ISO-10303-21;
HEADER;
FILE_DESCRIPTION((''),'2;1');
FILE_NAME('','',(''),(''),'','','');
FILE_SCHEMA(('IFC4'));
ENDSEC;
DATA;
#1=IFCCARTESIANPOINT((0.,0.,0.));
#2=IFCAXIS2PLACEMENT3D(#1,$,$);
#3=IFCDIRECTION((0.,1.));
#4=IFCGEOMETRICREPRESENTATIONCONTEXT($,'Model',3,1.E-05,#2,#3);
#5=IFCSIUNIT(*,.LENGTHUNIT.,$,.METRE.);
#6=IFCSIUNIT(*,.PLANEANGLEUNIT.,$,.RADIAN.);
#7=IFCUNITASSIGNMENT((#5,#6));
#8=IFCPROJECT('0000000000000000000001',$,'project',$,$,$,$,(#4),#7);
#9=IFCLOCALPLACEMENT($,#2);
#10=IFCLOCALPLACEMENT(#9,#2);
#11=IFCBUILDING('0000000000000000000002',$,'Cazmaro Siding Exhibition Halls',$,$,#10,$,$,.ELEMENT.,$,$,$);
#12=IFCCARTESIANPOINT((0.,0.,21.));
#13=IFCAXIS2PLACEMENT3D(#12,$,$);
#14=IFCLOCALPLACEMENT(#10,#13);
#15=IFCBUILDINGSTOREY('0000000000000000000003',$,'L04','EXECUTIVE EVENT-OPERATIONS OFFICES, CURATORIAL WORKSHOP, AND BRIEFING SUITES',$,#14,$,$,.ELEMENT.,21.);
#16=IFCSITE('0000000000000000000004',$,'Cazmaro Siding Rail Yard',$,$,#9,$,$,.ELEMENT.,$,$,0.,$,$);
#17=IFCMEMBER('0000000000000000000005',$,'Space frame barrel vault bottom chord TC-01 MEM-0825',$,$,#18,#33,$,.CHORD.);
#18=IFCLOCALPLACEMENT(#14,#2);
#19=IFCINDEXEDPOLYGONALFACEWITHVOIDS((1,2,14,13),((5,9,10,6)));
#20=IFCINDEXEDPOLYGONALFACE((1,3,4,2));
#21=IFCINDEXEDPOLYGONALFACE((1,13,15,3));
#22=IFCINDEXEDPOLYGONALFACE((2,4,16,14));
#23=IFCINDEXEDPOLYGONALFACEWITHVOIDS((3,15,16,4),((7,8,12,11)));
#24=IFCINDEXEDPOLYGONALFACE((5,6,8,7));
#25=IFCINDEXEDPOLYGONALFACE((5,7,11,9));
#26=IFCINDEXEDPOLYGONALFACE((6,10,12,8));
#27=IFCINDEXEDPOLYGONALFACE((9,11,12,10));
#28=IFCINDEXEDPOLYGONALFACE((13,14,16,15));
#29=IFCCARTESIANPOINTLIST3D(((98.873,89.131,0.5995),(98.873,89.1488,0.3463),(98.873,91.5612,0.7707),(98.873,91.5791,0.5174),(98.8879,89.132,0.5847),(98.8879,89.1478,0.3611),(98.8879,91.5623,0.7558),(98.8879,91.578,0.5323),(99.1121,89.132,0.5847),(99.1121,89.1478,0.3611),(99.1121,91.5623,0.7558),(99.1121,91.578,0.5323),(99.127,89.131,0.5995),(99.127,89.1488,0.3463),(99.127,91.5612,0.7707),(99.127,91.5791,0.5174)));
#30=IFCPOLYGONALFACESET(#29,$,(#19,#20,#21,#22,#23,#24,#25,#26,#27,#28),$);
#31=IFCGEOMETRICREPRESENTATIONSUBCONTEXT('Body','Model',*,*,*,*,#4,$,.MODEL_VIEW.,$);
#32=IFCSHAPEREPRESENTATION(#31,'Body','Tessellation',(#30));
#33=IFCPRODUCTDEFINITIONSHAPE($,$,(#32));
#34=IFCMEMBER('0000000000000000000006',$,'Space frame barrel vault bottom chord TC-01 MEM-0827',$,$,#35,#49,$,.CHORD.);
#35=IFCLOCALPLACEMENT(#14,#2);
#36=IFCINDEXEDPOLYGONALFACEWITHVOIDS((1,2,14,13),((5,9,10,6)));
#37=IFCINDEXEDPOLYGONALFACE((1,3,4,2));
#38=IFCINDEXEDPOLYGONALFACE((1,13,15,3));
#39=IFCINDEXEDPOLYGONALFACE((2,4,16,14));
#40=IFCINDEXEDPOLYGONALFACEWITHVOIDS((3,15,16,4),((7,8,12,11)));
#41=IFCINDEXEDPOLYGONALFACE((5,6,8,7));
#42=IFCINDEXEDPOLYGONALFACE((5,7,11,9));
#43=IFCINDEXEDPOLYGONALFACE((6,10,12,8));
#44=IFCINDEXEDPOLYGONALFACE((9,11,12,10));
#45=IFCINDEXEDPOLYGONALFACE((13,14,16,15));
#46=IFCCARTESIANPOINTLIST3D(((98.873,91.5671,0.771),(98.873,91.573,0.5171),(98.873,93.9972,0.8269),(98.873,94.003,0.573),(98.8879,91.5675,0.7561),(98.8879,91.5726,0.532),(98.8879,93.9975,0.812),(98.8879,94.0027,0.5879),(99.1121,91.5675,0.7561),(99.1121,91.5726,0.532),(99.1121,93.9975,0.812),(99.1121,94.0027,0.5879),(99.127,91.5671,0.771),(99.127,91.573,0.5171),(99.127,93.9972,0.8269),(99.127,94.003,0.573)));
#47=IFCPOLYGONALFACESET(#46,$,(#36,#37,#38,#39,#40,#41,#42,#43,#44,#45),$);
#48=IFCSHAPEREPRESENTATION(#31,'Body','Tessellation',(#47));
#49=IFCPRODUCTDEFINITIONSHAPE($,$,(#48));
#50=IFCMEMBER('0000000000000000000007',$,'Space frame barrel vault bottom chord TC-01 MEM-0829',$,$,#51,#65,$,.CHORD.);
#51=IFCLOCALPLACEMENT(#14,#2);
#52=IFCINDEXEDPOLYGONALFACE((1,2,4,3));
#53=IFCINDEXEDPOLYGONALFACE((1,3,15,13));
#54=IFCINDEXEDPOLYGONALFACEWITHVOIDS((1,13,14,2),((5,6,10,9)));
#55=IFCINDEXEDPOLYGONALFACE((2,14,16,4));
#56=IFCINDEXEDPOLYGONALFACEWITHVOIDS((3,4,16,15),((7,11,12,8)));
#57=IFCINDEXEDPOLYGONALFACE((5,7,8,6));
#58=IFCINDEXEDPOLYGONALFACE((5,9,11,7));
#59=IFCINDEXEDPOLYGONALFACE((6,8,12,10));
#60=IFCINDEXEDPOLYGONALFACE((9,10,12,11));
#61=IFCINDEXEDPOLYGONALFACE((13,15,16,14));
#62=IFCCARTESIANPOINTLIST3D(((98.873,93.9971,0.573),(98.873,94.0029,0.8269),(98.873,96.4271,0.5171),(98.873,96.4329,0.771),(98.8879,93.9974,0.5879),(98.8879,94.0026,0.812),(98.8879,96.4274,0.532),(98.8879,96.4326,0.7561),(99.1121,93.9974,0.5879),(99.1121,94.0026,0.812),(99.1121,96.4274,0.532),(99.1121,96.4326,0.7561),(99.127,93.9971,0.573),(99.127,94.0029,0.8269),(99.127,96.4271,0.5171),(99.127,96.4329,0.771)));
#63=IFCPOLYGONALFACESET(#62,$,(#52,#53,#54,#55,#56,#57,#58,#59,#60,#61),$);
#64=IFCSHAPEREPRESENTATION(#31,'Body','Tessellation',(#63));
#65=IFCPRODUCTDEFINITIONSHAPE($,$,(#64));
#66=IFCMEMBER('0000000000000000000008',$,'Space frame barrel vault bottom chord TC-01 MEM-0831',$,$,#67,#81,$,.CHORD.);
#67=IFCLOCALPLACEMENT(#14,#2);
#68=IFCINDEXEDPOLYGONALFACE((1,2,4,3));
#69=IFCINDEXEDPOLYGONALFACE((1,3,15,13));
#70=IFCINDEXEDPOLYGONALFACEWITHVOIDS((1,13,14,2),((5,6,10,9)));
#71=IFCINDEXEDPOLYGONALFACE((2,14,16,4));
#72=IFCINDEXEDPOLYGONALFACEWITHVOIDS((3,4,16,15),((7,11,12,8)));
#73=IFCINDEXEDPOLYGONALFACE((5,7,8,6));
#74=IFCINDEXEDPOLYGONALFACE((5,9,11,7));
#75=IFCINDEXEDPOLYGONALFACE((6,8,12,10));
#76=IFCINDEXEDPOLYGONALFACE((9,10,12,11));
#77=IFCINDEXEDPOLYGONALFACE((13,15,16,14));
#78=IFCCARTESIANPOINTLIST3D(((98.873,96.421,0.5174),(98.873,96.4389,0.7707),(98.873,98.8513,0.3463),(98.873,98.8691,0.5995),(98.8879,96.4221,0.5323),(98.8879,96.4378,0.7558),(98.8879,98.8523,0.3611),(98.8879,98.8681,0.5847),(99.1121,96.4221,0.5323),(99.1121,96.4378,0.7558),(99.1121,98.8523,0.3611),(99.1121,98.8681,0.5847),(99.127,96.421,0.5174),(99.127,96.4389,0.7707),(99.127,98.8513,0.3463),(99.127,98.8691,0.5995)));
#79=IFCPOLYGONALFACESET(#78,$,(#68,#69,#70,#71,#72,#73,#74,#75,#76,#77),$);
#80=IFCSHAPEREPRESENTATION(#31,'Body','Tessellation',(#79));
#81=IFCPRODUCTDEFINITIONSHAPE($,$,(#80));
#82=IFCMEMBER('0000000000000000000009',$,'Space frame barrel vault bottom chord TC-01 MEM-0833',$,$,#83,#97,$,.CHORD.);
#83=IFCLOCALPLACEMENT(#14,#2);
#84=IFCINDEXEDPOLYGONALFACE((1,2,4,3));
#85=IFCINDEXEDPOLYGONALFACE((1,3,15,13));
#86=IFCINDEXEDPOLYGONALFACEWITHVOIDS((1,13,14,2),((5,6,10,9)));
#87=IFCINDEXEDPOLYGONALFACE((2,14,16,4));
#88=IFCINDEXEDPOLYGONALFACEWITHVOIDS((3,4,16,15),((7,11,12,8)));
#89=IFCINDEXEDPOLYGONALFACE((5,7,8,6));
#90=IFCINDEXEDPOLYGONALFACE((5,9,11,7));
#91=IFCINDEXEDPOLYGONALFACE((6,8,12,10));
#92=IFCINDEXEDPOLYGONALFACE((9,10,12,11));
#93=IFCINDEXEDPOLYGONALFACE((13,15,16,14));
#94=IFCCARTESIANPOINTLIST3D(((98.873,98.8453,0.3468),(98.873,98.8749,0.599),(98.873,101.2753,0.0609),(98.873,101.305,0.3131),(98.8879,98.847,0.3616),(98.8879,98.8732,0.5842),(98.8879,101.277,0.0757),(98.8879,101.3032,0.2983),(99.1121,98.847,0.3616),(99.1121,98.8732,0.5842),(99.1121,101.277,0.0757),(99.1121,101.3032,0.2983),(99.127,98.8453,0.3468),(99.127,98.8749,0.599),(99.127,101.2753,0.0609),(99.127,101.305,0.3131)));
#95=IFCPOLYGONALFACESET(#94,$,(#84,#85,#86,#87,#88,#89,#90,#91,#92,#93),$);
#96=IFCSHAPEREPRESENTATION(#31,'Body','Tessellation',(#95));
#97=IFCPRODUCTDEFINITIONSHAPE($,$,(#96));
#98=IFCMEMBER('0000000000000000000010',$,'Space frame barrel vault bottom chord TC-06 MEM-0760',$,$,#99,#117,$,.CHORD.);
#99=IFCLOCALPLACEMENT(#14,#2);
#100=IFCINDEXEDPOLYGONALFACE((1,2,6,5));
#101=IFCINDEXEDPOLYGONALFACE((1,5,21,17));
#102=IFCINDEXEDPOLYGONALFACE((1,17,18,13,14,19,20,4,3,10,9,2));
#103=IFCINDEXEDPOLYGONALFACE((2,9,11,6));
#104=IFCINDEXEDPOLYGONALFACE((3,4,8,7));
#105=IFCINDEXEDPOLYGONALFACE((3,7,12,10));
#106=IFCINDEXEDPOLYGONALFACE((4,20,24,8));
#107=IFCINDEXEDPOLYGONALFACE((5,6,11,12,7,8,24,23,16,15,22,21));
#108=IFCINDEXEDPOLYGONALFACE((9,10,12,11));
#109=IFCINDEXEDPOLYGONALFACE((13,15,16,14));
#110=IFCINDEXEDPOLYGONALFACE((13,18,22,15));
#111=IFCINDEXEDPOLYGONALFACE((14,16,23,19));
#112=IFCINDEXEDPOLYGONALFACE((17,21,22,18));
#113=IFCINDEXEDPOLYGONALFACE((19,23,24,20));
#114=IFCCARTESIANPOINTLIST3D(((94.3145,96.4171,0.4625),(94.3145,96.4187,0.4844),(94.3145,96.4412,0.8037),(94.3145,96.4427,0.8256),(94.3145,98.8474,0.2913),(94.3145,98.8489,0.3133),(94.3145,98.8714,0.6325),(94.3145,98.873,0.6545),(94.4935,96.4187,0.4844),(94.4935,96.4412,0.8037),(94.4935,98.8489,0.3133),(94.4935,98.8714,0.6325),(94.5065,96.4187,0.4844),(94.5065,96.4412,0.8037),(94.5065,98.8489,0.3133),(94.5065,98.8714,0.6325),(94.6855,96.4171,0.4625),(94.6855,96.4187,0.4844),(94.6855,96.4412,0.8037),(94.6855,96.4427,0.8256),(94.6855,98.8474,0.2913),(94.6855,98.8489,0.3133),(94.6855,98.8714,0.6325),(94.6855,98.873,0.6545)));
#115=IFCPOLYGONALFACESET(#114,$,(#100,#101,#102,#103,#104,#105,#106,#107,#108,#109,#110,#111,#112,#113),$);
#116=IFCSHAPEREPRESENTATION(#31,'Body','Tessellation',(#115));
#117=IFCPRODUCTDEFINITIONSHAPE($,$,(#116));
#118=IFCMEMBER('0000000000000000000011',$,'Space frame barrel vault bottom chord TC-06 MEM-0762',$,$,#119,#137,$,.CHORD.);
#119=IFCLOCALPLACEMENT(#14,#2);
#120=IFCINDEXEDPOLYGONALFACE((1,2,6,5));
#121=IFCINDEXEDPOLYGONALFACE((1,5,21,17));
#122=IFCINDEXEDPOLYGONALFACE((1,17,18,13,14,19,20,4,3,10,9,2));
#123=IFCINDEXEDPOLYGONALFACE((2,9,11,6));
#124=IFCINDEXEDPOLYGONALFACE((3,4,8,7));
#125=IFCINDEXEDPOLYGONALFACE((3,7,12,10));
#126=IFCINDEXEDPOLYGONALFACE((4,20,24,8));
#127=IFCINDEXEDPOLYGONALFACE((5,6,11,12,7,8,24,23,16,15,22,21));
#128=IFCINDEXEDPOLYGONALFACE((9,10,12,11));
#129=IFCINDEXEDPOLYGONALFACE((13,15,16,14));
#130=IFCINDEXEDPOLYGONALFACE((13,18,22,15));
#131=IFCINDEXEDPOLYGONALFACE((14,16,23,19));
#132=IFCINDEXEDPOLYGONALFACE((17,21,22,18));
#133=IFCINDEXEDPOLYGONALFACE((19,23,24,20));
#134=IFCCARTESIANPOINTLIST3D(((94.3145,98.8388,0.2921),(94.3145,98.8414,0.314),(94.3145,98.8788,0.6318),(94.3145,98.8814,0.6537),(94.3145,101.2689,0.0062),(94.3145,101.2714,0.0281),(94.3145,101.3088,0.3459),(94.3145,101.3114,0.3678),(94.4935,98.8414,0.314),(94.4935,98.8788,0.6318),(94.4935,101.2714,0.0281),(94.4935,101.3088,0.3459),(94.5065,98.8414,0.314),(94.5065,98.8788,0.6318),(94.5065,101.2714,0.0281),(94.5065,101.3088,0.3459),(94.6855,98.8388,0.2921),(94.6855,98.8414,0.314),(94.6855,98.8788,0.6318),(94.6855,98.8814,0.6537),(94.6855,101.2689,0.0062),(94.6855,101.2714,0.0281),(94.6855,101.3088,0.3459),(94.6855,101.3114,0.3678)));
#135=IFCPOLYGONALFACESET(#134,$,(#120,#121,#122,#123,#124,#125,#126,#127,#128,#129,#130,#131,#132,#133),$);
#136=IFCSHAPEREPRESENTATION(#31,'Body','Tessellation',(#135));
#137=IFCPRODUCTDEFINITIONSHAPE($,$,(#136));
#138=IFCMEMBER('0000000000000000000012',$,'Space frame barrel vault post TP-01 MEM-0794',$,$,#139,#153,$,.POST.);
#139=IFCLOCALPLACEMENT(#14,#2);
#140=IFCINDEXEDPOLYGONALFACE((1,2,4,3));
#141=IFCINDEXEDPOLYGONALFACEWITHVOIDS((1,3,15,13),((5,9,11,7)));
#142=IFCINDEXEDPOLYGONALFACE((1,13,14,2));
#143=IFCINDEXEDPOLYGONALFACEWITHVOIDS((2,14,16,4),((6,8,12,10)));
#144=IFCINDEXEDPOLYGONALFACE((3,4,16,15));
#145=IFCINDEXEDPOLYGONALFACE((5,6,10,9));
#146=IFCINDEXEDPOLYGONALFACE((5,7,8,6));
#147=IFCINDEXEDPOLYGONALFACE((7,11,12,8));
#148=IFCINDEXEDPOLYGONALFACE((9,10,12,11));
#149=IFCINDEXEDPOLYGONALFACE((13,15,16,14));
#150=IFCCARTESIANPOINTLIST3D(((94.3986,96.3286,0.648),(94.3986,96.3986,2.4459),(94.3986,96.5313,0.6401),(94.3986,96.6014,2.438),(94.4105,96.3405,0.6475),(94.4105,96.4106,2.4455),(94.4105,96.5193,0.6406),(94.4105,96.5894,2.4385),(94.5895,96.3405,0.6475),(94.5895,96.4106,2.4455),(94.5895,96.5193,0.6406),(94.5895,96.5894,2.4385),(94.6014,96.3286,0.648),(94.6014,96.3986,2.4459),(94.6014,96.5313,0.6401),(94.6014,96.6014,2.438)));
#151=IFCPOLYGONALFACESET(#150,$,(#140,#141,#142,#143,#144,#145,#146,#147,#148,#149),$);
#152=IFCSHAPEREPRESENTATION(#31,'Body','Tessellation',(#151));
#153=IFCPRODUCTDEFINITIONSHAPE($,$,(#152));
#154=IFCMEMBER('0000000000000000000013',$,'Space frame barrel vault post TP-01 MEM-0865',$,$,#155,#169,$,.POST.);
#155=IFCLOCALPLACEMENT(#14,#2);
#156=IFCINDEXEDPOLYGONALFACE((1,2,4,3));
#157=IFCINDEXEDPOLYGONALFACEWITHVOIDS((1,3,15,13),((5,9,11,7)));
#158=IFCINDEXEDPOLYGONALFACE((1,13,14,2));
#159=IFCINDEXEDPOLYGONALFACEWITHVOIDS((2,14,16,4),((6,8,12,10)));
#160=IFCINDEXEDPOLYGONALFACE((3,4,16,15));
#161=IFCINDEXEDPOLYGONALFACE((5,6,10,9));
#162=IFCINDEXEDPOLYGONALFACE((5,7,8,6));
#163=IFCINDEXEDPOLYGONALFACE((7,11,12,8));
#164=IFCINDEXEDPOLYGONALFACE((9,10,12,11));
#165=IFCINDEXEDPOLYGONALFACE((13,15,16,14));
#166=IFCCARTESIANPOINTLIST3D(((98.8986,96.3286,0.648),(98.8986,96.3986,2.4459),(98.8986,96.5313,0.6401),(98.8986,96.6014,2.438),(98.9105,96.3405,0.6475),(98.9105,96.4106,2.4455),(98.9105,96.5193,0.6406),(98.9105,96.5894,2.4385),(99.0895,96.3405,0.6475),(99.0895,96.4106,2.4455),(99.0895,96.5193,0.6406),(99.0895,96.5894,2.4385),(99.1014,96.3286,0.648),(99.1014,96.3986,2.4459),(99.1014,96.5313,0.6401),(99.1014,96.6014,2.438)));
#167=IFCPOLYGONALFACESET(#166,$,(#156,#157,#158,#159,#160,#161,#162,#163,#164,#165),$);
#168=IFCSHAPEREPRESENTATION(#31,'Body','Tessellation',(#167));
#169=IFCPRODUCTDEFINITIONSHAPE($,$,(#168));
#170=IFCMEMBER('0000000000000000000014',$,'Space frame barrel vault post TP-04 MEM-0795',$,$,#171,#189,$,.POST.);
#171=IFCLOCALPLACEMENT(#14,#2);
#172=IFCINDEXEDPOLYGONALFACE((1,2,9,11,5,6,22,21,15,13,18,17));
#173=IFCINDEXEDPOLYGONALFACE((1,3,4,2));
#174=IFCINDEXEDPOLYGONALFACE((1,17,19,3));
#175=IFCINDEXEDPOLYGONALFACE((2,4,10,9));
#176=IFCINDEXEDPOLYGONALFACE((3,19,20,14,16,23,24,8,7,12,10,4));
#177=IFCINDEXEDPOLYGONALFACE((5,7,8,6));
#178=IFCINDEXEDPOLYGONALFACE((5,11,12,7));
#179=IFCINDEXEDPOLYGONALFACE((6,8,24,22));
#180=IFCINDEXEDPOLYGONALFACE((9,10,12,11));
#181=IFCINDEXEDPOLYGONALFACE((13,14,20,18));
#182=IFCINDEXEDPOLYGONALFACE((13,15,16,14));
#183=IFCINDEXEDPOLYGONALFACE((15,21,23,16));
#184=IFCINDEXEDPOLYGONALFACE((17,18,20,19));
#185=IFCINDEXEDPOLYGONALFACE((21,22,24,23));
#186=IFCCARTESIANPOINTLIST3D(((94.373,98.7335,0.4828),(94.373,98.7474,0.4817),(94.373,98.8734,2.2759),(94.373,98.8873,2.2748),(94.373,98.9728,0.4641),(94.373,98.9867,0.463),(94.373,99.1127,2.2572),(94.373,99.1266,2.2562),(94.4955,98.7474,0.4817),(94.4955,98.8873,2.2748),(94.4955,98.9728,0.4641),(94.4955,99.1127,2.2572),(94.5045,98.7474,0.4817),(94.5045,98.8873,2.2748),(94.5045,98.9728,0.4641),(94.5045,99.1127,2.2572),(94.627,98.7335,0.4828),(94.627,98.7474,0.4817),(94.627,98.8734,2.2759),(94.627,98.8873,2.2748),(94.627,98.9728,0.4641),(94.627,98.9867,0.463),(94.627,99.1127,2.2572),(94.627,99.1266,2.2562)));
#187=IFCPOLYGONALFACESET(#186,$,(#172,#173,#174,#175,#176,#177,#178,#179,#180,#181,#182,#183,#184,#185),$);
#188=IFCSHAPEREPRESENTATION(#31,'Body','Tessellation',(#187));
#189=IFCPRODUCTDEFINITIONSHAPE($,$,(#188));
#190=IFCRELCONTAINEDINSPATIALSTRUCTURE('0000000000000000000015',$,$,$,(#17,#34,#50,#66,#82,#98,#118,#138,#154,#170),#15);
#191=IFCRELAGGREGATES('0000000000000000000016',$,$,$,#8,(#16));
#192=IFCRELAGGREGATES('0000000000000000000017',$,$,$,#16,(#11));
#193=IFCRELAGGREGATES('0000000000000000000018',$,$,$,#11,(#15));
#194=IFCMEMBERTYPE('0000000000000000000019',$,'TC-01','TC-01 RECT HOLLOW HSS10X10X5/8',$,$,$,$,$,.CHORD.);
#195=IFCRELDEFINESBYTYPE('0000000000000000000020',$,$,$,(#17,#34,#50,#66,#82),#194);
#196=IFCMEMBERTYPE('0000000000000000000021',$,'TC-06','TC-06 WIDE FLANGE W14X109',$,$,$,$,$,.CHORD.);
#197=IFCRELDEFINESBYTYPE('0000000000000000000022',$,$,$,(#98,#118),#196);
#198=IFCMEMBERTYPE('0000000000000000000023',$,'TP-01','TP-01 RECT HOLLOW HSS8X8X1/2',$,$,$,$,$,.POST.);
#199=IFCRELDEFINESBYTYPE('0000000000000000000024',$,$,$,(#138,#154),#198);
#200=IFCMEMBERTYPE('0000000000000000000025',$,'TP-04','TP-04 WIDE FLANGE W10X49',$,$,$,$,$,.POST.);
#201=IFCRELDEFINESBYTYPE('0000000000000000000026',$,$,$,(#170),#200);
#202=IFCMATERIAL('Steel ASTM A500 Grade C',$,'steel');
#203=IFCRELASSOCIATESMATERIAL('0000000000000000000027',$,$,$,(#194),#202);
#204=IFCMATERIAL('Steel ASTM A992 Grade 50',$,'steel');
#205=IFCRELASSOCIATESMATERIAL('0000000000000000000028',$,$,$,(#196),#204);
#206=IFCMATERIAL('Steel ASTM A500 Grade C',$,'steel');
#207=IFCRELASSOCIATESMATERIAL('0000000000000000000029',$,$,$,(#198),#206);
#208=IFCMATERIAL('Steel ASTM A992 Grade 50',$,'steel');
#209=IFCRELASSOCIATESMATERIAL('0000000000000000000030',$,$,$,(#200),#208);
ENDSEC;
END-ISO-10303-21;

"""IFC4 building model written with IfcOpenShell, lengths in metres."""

from ifc_helpers import new_model, si_unit, direction, frame, origin, origin_2d, place, context, subcontext, project, spatial, hollow_rectangle, i_section, extrude, material, material_profile, profile_set, type_object, element, save


model = new_model("IFC4")

# Units and contexts
model_context = context("Model", 3, precision=1e-05, world=origin(), true_north=direction((0.0, 1.0)))
body_context = subcontext(model_context, "Body", "Model", "MODEL_VIEW")
ifc_project = project(units=[si_unit("LENGTHUNIT", "METRE"), si_unit("PLANEANGLEUNIT", "RADIAN")], contexts=[model_context])

# Site, building, storey
site_placement = place(None, origin())
site = spatial("IfcSite", under=ifc_project, at=site_placement, Name="Cazmaro Siding Rail Yard", CompositionType="ELEMENT", RefElevation=0.0)
building_placement = place(site_placement, origin())
building = spatial("IfcBuilding", under=site, at=building_placement, Name="Cazmaro Siding Exhibition Halls", CompositionType="ELEMENT")
storey_placement = place(building_placement, frame((0.0, 0.0, 21.0)))
storey = spatial("IfcBuildingStorey", under=building, at=storey_placement, Name="L04", Description="EXECUTIVE EVENT-OPERATIONS OFFICES, CURATORIAL WORKSHOP, AND BRIEFING SUITES", CompositionType="ELEMENT", Elevation=21.0)

# Members
ifc_material_1 = material(Name="Steel ASTM A500 Grade C", Category="steel")
ifc_material_profile_1 = material_profile(ifc_material_1, hollow_rectangle(XDim=0.2539, YDim=0.2539, WallThickness=0.0149, at=origin_2d()), Name="HSS10X10X5/8")
ifc_profile_set_1 = profile_set([ifc_material_profile_1], Name="Steel ASTM A500 Grade C")
member_type_1 = type_object("IfcMemberType", Name="TC-01", Description="TC-01 RECT HOLLOW HSS10X10X5/8", PredefinedType="CHORD", material=ifc_profile_set_1)
member_1_placement = place(storey_placement, frame((99.0, 89.1399, 0.4729), z_axis=(0.0, 0.997529, 0.07025), x_axis=(-1.0, 0.0, 0.0)))
element("IfcMember", 1, at=member_1_placement, inside=storey, type_object=member_type_1, Name="Space frame barrel vault bottom chord TC-01 MEM-0825", PredefinedType="CHORD", context=body_context, shape_type="SweptSolid", body=[
    extrude(hollow_rectangle(XDim=0.2539, YDim=0.2539, WallThickness=0.0149, at=origin_2d()), origin(), (0.0, 0.0, 1.0), 2.4363),
])
for number, where, z_axis, x_axis, name in (
    (2, (99.0, 91.5701, 0.644), (0.0, 0.999735, 0.023002), (-1.0, 0.0, 0.0), "Space frame barrel vault bottom chord TC-01 MEM-0827"),
    (3, (99.0, 94.0, 0.7), (0.0, 0.999735, -0.023002), (-1.0, 0.0, 0.0), "Space frame barrel vault bottom chord TC-01 MEM-0829"),
):
    element("IfcMember", number, at=place(storey_placement, frame(where, z_axis=z_axis, x_axis=x_axis)), inside=storey, type_object=member_type_1, Name=name, PredefinedType="CHORD", context=body_context, shape_type="SweptSolid", body=[
        extrude(hollow_rectangle(XDim=0.2539, YDim=0.2539, WallThickness=0.0149, at=origin_2d()), origin(), (0.0, 0.0, 1.0), 2.4307),
    ])
member_2_placement = place(storey_placement, frame((99.0, 96.4299, 0.644), z_axis=(0.0, 0.997529, -0.07025), x_axis=(-1.0, 0.0, 0.0)))
element("IfcMember", 4, at=member_2_placement, inside=storey, type_object=member_type_1, Name="Space frame barrel vault bottom chord TC-01 MEM-0831", PredefinedType="CHORD", context=body_context, shape_type="SweptSolid", body=[
    extrude(hollow_rectangle(XDim=0.2539, YDim=0.2539, WallThickness=0.0149, at=origin_2d()), origin(), (0.0, 0.0, 1.0), 2.4363),
])
member_3_placement = place(storey_placement, frame((99.0, 98.8601, 0.4729), z_axis=(0.0, 0.99315, -0.116847), x_axis=(-1.0, 0.0, 0.0)))
element("IfcMember", 5, at=member_3_placement, inside=storey, type_object=member_type_1, Name="Space frame barrel vault bottom chord TC-01 MEM-0833", PredefinedType="CHORD", context=body_context, shape_type="SweptSolid", body=[
    extrude(hollow_rectangle(XDim=0.2539, YDim=0.2539, WallThickness=0.0149, at=origin_2d()), origin(), (0.0, 0.0, 1.0), 2.4468),
])
ifc_material_2 = material(Name="Steel ASTM A992 Grade 50", Category="steel")
ifc_material_profile_2 = material_profile(ifc_material_2, i_section(OverallWidth=0.3711, OverallDepth=0.364, WebThickness=0.0129, FlangeThickness=0.022, at=origin_2d()), Name="W14X109")
ifc_profile_set_2 = profile_set([ifc_material_profile_2], Name="Steel ASTM A992 Grade 50")
member_type_2 = type_object("IfcMemberType", Name="TC-06", Description="TC-06 WIDE FLANGE W14X109", PredefinedType="CHORD", material=ifc_profile_set_2)
member_4_placement = place(storey_placement, frame((94.5, 96.4299, 0.644), z_axis=(0.0, 0.997529, -0.07025), x_axis=(-1.0, 0.0, 0.0)))
element("IfcMember", 6, at=member_4_placement, inside=storey, type_object=member_type_2, Name="Space frame barrel vault bottom chord TC-06 MEM-0760", PredefinedType="CHORD", context=body_context, shape_type="SweptSolid", body=[
    extrude(i_section(OverallWidth=0.3711, OverallDepth=0.364, WebThickness=0.0129, FlangeThickness=0.022, at=origin_2d()), origin(), (0.0, 0.0, 1.0), 2.4363),
])
member_5_placement = place(storey_placement, frame((94.5, 98.8601, 0.4729), z_axis=(0.0, 0.99315, -0.116847), x_axis=(-1.0, 0.0, 0.0)))
element("IfcMember", 7, at=member_5_placement, inside=storey, type_object=member_type_2, Name="Space frame barrel vault bottom chord TC-06 MEM-0762", PredefinedType="CHORD", context=body_context, shape_type="SweptSolid", body=[
    extrude(i_section(OverallWidth=0.3711, OverallDepth=0.364, WebThickness=0.0129, FlangeThickness=0.022, at=origin_2d()), origin(), (0.0, 0.0, 1.0), 2.4468),
])
ifc_material_3 = material(Name="Steel ASTM A500 Grade C", Category="steel")
ifc_material_profile_3 = material_profile(ifc_material_3, hollow_rectangle(XDim=0.2029, YDim=0.2029, WallThickness=0.012, at=origin_2d()), Name="HSS8X8X1/2")
ifc_profile_set_3 = profile_set([ifc_material_profile_3], Name="Steel ASTM A500 Grade C")
member_type_3 = type_object("IfcMemberType", Name="TP-01", Description="TP-01 RECT HOLLOW HSS8X8X1/2", PredefinedType="POST", material=ifc_profile_set_3)
for number, where, z_axis, x_axis, name in (
    (8, (94.5, 96.4299, 0.644), (0.0, 0.038944, 0.999241), (-1.0, 0.0, 0.0), "Space frame barrel vault post TP-01 MEM-0794"),
    (9, (99.0, 96.4299, 0.644), (0.0, 0.038944, 0.999241), (-1.0, 0.0, 0.0), "Space frame barrel vault post TP-01 MEM-0865"),
):
    element("IfcMember", number, at=place(storey_placement, frame(where, z_axis=z_axis, x_axis=x_axis)), inside=storey, type_object=member_type_3, Name=name, PredefinedType="POST", context=body_context, shape_type="SweptSolid", body=[
        extrude(hollow_rectangle(XDim=0.2029, YDim=0.2029, WallThickness=0.012, at=origin_2d()), origin(), (0.0, 0.0, 1.0), 1.7993),
    ])
ifc_material_4 = material(Name="Steel ASTM A992 Grade 50", Category="steel")
ifc_material_profile_4 = material_profile(ifc_material_4, i_section(OverallWidth=0.2539, OverallDepth=0.2539, WebThickness=0.009, FlangeThickness=0.0139, at=origin_2d()), Name="W10X49")
ifc_profile_set_4 = profile_set([ifc_material_profile_4], Name="Steel ASTM A992 Grade 50")
member_type_4 = type_object("IfcMemberType", Name="TP-04", Description="TP-04 WIDE FLANGE W10X49", PredefinedType="POST", material=ifc_profile_set_4)
for number, where, z_axis, x_axis, name in (
    (10, (94.5, 98.8601, 0.4729), (0.0, 0.077776, 0.996971), (-1.0, 0.0, 0.0), "Space frame barrel vault post TP-04 MEM-0795"),
):
    element("IfcMember", number, at=place(storey_placement, frame(where, z_axis=z_axis, x_axis=x_axis)), inside=storey, type_object=member_type_4, Name=name, PredefinedType="POST", context=body_context, shape_type="SweptSolid", body=[
        extrude(i_section(OverallWidth=0.2539, OverallDepth=0.2539, WebThickness=0.009, FlangeThickness=0.0139, at=origin_2d()), origin(), (0.0, 0.0, 1.0), 1.7986),
    ])

save(model, "model.ifc")
